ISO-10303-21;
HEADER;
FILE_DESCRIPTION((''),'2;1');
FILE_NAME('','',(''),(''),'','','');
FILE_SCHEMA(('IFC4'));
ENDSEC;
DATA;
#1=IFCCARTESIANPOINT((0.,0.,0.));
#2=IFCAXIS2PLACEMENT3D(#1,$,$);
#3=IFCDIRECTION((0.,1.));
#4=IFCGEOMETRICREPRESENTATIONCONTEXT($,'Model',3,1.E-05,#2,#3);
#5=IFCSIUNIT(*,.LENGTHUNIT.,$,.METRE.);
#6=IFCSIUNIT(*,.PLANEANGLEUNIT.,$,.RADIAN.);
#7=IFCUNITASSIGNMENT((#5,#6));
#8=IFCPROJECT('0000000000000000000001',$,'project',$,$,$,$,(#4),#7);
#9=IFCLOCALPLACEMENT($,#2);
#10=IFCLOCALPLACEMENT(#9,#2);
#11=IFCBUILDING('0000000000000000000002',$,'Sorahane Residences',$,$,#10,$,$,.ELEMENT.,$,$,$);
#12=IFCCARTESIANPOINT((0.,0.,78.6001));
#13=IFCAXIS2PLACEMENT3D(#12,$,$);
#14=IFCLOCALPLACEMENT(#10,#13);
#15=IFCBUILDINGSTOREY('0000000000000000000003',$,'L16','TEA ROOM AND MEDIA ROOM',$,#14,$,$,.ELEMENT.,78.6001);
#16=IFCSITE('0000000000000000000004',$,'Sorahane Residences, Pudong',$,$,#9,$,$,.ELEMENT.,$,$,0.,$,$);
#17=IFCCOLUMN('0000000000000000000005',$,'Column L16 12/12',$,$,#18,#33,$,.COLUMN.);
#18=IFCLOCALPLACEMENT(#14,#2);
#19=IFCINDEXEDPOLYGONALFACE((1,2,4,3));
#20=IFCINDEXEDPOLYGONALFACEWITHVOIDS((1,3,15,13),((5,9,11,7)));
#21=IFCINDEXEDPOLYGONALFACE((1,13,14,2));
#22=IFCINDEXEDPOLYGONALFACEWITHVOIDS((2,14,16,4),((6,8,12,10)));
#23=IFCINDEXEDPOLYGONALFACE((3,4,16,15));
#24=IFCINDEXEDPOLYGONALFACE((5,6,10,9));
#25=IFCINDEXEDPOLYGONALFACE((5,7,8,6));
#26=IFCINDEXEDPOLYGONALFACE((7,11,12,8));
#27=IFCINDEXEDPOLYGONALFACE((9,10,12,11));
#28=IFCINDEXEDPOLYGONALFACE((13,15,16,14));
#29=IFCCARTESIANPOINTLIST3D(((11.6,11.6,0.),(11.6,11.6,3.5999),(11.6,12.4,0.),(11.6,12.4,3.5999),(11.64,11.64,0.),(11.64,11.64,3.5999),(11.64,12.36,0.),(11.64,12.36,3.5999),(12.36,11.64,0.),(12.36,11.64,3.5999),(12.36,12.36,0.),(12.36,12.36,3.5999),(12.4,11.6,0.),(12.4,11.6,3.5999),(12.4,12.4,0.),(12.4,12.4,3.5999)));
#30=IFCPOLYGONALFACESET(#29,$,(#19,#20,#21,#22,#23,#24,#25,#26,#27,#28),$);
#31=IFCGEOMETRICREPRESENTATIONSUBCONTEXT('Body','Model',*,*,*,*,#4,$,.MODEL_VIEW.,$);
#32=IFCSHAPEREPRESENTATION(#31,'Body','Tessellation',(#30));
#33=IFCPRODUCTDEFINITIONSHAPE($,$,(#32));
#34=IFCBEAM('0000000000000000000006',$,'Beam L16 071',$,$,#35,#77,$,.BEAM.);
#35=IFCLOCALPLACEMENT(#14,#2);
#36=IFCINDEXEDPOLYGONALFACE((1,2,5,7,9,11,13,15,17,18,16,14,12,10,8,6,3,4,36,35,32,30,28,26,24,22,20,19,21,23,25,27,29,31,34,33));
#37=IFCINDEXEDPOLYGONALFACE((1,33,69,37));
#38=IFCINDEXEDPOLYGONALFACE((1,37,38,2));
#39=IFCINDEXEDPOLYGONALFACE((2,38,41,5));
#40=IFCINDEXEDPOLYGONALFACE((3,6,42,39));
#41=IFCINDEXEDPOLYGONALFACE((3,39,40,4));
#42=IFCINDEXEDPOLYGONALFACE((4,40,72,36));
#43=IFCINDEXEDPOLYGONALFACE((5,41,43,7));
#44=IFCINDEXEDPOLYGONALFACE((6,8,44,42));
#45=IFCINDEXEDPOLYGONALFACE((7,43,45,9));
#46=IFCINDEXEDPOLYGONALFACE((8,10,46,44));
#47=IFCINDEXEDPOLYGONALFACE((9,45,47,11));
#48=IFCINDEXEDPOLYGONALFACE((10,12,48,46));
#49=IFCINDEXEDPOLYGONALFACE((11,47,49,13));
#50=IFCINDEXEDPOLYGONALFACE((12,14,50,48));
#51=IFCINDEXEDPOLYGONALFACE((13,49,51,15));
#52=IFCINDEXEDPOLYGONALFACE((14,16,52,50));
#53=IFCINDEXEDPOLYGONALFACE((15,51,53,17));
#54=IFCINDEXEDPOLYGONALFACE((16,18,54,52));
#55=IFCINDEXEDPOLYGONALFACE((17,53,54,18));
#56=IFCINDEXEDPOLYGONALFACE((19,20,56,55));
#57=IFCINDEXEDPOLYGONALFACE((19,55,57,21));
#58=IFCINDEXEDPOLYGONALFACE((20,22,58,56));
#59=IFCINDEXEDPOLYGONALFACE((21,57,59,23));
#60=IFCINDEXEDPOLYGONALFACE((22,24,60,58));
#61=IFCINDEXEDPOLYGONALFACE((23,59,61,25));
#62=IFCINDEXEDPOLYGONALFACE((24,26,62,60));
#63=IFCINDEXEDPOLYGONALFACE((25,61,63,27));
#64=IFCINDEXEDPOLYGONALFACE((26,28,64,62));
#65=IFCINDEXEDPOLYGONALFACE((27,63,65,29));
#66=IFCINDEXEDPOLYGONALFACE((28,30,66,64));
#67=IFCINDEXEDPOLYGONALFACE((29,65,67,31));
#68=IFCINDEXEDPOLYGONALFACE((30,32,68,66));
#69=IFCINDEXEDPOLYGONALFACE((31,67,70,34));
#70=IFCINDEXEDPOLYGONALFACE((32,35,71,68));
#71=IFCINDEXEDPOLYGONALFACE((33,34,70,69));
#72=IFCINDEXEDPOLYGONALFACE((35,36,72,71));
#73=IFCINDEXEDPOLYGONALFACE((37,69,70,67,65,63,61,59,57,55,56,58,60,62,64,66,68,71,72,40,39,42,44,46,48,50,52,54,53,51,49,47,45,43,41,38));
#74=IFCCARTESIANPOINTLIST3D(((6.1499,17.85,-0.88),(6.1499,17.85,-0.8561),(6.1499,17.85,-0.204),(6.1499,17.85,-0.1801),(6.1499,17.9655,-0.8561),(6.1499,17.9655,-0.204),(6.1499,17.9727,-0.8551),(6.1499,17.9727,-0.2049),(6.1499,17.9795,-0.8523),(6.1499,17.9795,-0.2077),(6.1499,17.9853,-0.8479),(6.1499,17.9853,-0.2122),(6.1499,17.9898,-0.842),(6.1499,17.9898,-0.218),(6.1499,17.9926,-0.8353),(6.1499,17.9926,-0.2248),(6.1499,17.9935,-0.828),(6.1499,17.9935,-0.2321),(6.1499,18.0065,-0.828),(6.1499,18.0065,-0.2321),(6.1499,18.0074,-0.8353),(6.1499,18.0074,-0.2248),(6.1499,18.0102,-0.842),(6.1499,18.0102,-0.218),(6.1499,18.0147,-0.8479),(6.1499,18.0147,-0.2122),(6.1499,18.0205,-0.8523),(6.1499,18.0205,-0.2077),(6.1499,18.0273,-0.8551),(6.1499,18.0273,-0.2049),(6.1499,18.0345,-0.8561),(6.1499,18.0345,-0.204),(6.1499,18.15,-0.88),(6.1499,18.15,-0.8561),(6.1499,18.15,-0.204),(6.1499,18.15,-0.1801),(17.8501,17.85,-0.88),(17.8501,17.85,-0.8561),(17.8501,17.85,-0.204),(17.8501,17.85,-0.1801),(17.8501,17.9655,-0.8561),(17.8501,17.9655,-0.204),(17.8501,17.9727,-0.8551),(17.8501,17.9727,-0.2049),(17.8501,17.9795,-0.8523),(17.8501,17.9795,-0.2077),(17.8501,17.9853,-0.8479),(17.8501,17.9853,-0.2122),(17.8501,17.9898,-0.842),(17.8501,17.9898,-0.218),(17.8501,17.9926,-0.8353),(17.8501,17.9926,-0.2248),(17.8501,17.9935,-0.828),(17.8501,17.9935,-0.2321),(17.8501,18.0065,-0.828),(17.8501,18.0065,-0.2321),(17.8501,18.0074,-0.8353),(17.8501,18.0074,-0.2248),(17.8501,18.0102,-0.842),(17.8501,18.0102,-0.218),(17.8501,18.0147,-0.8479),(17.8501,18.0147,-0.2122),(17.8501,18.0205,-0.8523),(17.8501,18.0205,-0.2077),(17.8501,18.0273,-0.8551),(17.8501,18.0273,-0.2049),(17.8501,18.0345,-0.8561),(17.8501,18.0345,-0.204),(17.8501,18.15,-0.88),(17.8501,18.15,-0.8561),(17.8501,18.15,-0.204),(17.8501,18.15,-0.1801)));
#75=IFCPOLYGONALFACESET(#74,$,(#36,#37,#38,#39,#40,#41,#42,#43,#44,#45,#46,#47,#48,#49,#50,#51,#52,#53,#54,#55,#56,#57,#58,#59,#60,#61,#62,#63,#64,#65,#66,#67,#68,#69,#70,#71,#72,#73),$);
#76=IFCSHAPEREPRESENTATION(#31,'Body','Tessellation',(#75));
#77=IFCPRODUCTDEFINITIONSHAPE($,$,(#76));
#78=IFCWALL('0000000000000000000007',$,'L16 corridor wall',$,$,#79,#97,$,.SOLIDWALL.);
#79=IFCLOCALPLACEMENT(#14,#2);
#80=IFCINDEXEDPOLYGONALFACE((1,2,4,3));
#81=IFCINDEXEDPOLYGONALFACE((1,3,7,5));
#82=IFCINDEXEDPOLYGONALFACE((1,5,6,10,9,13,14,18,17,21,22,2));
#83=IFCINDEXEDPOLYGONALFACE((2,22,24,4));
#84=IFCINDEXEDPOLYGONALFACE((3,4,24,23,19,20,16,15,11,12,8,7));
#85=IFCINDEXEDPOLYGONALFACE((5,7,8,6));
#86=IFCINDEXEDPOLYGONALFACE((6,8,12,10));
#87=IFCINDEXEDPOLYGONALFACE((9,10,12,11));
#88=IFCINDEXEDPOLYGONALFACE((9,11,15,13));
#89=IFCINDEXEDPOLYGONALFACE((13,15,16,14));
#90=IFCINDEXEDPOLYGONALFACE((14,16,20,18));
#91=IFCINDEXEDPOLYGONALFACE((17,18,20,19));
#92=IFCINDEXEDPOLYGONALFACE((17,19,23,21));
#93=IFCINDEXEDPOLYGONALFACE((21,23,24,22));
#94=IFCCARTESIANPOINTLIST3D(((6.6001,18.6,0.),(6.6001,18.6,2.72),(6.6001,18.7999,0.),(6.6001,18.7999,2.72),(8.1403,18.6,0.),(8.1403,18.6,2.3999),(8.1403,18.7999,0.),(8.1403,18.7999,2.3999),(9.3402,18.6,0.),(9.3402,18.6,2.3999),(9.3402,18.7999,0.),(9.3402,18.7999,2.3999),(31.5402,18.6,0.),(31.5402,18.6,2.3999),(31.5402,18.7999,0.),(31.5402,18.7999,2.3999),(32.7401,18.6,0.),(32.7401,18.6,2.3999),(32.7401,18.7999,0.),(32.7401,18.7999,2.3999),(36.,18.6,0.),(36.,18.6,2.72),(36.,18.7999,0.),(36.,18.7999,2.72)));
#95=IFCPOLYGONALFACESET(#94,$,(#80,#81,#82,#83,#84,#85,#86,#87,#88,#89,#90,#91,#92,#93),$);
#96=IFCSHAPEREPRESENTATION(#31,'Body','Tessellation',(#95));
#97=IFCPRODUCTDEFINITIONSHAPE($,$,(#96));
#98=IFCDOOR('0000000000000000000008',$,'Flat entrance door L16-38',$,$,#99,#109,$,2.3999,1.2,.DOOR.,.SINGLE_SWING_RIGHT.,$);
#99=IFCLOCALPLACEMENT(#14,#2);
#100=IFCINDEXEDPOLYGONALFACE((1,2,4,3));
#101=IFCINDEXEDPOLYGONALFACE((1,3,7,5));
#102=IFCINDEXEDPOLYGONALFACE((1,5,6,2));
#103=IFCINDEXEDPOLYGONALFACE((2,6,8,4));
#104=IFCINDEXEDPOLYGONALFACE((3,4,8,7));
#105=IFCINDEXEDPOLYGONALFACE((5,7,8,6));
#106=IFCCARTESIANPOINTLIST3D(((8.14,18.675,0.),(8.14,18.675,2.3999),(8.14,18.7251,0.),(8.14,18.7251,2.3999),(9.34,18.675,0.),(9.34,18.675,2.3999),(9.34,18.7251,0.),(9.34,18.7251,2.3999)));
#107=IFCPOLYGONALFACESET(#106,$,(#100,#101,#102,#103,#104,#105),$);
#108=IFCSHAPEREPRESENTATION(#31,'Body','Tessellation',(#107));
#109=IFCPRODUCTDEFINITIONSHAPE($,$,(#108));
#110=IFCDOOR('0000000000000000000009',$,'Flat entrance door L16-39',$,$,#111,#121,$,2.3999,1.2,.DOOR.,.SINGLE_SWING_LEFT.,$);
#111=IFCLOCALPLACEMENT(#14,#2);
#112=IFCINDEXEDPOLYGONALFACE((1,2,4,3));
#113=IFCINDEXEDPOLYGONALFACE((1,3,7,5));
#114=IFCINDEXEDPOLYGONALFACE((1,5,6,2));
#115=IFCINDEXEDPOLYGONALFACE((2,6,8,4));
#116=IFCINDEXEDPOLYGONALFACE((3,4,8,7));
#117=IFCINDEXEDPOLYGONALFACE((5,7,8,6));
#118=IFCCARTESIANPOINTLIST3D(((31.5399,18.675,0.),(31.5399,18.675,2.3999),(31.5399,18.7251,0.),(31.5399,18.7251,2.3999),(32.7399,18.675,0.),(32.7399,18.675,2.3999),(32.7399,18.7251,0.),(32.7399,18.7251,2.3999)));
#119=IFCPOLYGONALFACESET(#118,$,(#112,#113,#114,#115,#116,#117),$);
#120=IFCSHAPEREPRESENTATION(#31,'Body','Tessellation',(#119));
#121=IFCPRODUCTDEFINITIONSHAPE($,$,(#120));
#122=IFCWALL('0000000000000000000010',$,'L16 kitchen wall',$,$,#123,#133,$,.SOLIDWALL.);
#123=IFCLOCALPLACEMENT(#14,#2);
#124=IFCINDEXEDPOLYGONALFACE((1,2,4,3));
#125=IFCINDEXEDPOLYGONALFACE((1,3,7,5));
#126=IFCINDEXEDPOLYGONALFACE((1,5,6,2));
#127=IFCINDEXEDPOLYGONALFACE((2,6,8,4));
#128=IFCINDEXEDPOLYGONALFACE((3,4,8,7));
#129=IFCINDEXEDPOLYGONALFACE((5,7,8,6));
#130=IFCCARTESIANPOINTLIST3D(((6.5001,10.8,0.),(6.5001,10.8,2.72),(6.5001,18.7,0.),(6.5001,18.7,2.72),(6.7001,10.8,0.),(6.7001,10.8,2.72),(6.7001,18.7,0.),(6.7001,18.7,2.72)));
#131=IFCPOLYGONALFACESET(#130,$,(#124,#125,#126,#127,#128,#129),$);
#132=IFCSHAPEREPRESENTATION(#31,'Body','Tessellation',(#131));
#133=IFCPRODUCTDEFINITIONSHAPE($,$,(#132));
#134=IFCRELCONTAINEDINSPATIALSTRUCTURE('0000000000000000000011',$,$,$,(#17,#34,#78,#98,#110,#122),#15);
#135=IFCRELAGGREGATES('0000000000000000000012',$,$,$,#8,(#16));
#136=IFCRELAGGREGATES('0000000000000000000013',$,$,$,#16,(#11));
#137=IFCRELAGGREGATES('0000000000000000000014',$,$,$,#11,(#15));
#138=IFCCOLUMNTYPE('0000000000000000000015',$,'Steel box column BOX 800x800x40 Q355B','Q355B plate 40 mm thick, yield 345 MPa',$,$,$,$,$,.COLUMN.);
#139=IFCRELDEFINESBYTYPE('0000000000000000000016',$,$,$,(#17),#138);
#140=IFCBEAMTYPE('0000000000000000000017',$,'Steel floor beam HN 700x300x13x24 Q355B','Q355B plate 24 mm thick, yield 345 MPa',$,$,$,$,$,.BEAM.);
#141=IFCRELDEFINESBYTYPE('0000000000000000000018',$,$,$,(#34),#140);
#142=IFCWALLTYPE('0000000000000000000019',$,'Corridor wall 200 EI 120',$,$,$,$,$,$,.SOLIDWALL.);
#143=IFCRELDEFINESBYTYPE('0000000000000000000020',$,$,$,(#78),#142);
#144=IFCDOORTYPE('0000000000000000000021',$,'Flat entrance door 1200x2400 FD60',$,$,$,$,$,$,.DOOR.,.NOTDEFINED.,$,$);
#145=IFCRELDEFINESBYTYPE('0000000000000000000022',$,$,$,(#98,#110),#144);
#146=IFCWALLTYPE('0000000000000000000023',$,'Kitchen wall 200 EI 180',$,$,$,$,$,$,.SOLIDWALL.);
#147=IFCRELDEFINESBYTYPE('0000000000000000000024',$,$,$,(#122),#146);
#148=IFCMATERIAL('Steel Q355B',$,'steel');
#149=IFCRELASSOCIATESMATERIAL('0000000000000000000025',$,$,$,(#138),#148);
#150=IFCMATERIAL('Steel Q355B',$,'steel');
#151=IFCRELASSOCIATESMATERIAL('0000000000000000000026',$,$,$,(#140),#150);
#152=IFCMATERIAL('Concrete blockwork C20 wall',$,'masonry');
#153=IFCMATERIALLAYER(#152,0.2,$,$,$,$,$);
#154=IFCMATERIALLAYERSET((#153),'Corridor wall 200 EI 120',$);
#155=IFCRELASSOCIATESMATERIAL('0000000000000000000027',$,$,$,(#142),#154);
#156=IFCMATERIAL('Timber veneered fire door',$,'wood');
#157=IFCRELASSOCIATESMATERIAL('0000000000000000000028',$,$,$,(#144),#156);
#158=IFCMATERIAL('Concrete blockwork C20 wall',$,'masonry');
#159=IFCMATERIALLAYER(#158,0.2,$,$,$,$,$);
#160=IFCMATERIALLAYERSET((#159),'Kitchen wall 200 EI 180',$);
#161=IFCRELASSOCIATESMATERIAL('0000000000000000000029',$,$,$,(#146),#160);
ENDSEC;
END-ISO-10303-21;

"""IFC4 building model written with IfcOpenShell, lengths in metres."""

from ifc_helpers import new_model, si_unit, direction, frame, frame_2d, origin, origin_2d, place, context, subcontext, project, spatial, rectangle, hollow_rectangle, i_section, extrude, material, layer, layer_set, material_profile, profile_set, type_object, element, fill, save


model = new_model("IFC4")

# Units and contexts
model_context = context("Model", 3, precision=1e-05, world=origin(), true_north=direction((0.0, 1.0)))
body_context = subcontext(model_context, "Body", "Model", "MODEL_VIEW")
ifc_project = project(units=[si_unit("LENGTHUNIT", "METRE"), si_unit("PLANEANGLEUNIT", "RADIAN")], contexts=[model_context])

# Site, building, storey
site_placement = place(None, origin())
site = spatial("IfcSite", under=ifc_project, at=site_placement, Name="Sorahane Residences, Pudong", CompositionType="ELEMENT", RefElevation=0.0)
building_placement = place(site_placement, origin())
building = spatial("IfcBuilding", under=site, at=building_placement, Name="Sorahane Residences", CompositionType="ELEMENT")
storey_placement = place(building_placement, frame((0.0, 0.0, 78.6001)))
storey = spatial("IfcBuildingStorey", under=building, at=storey_placement, Name="L16", Description="TEA ROOM AND MEDIA ROOM", CompositionType="ELEMENT", Elevation=78.6001)

# Column
ifc_material_1 = material(Name="Steel Q355B", Category="steel")
ifc_material_profile_1 = material_profile(ifc_material_1, hollow_rectangle(XDim=0.8, YDim=0.8, WallThickness=0.04, at=origin_2d()), Name="BOX 800x800x40")
ifc_profile_set_1 = profile_set([ifc_material_profile_1], Name="Steel Q355B")
column_type = type_object("IfcColumnType", Name="Steel box column BOX 800x800x40 Q355B", Description="Q355B plate 40 mm thick, yield 345 MPa", PredefinedType="COLUMN", material=ifc_profile_set_1)
column_placement = place(storey_placement, frame((12.0, 12.0, 0.0), z_axis=(0.0, 0.0, 1.0), x_axis=(1.0, 0.0, 0.0)))
element("IfcColumn", 1, at=column_placement, inside=storey, type_object=column_type, Name="Column L16 12/12", PredefinedType="COLUMN", context=body_context, shape_type="SweptSolid", body=[
    extrude(hollow_rectangle(XDim=0.8, YDim=0.8, WallThickness=0.04, at=origin_2d()), origin(), (0.0, 0.0, 1.0), 3.5999),
])

# Beam
ifc_material_2 = material(Name="Steel Q355B", Category="steel")
ifc_material_profile_2 = material_profile(ifc_material_2, i_section(OverallWidth=0.3, OverallDepth=0.7, WebThickness=0.0129, FlangeThickness=0.0239, FilletRadius=0.0281, at=origin_2d()), Name="HN 700x300x13x24")
ifc_profile_set_2 = profile_set([ifc_material_profile_2], Name="Steel Q355B")
beam_type = type_object("IfcBeamType", Name="Steel floor beam HN 700x300x13x24 Q355B", Description="Q355B plate 24 mm thick, yield 345 MPa", PredefinedType="BEAM", material=ifc_profile_set_2)
beam_placement = place(storey_placement, frame((6.1499, 18.0, -0.53), z_axis=(1.0, 0.0, 0.0), x_axis=(0.0, 1.0, 0.0)))
element("IfcBeam", 2, at=beam_placement, inside=storey, type_object=beam_type, Name="Beam L16 071", PredefinedType="BEAM", context=body_context, shape_type="SweptSolid", body=[
    extrude(i_section(OverallWidth=0.3, OverallDepth=0.7, WebThickness=0.0129, FlangeThickness=0.0239, FilletRadius=0.0281, at=origin_2d()), origin(), (0.0, 0.0, 1.0), 11.7002),
])

# Wall, openings, doors
ifc_material_3 = material(Name="Concrete blockwork C20 wall", Category="masonry")
ifc_layer_1 = layer(ifc_material_3, 0.2)
ifc_layer_set_1 = layer_set([ifc_layer_1], Name="Corridor wall 200 EI 120")
wall_type_1 = type_object("IfcWallType", Name="Corridor wall 200 EI 120", PredefinedType="SOLIDWALL", material=ifc_layer_set_1)
wall_1_placement = place(storey_placement, frame((6.6001, 18.7, 0.0), z_axis=(0.0, 0.0, 1.0), x_axis=(1.0, 0.0, 0.0)))
wall_1 = element("IfcWall", 3, at=wall_1_placement, inside=storey, type_object=wall_type_1, Name="L16 corridor wall", PredefinedType="SOLIDWALL", context=body_context, shape_type="SweptSolid", body=[
    extrude(rectangle(XDim=29.3999, YDim=0.2, at=frame_2d((14.7, 0.0))), origin(), (0.0, 0.0, 1.0), 2.72),
])
opening_1_placement = place(wall_1_placement, frame((1.54, 0.0, 0.0)))
opening_1 = element("IfcOpeningElement", 4, at=opening_1_placement, cuts=wall_1, PredefinedType="OPENING", context=body_context, shape_type="SweptSolid", body=[
    extrude(rectangle(XDim=1.2, YDim=2.3999, at=frame_2d((0.6001, 1.2))), frame((0.0, 0.1099, 0.0), z_axis=(0.0, -1.0, 0.0), x_axis=(1.0, 0.0, 0.0)), (0.0, 0.0, 1.0), 0.22),
])
opening_2_placement = place(wall_1_placement, frame((24.9399, 0.0, 0.0)))
opening_2 = element("IfcOpeningElement", 5, at=opening_2_placement, cuts=wall_1, PredefinedType="OPENING", context=body_context, shape_type="SweptSolid", body=[
    extrude(rectangle(XDim=1.2, YDim=2.3999, at=frame_2d((0.6001, 1.2))), frame((0.0, 0.1099, 0.0), z_axis=(0.0, -1.0, 0.0), x_axis=(1.0, 0.0, 0.0)), (0.0, 0.0, 1.0), 0.22),
])
ifc_material_4 = material(Name="Timber veneered fire door", Category="wood")
door_type_1 = type_object("IfcDoorType", Name="Flat entrance door 1200x2400 FD60", OperationType="NOTDEFINED", PredefinedType="DOOR", material=ifc_material_4)
door_1_placement = place(opening_1_placement, frame((1.2, 0.0, 0.0), z_axis=(0.0, 0.0, 1.0), x_axis=(-1.0, 0.0, 0.0)))
door_1 = element("IfcDoor", 6, at=door_1_placement, inside=storey, type_object=door_type_1, Name="Flat entrance door L16-38", OperationType="SINGLE_SWING_RIGHT", OverallHeight=2.3999, OverallWidth=1.2, PredefinedType="DOOR", context=body_context, shape_type="SweptSolid", body=[
    extrude(rectangle(XDim=1.2, YDim=2.3999, at=frame_2d((0.6001, 1.2))), frame((0.0, 0.0249, 0.0), z_axis=(0.0, -1.0, 0.0), x_axis=(1.0, 0.0, 0.0)), (0.0, 0.0, 1.0), 0.05),
])
fill(opening_1, door_1)
door_2_placement = place(opening_2_placement, frame((1.2, 0.0, 0.0), z_axis=(0.0, 0.0, 1.0), x_axis=(-1.0, 0.0, 0.0)))
door_2 = element("IfcDoor", 7, at=door_2_placement, inside=storey, type_object=door_type_1, Name="Flat entrance door L16-39", OperationType="SINGLE_SWING_LEFT", OverallHeight=2.3999, OverallWidth=1.2, PredefinedType="DOOR", context=body_context, shape_type="SweptSolid", body=[
    extrude(rectangle(XDim=1.2, YDim=2.3999, at=frame_2d((0.6001, 1.2))), frame((0.0, 0.0249, 0.0), z_axis=(0.0, -1.0, 0.0), x_axis=(1.0, 0.0, 0.0)), (0.0, 0.0, 1.0), 0.05),
])
fill(opening_2, door_2)

# Wall
ifc_material_5 = material(Name="Concrete blockwork C20 wall", Category="masonry")
ifc_layer_2 = layer(ifc_material_5, 0.2)
ifc_layer_set_2 = layer_set([ifc_layer_2], Name="Kitchen wall 200 EI 180")
wall_type_2 = type_object("IfcWallType", Name="Kitchen wall 200 EI 180", PredefinedType="SOLIDWALL", material=ifc_layer_set_2)
wall_2_placement = place(storey_placement, frame((6.6001, 10.8, 0.0), z_axis=(0.0, 0.0, 1.0), x_axis=(0.0, 1.0, 0.0)))
element("IfcWall", 8, at=wall_2_placement, inside=storey, type_object=wall_type_2, Name="L16 kitchen wall", PredefinedType="SOLIDWALL", context=body_context, shape_type="SweptSolid", body=[
    extrude(rectangle(XDim=7.8999, YDim=0.2, at=frame_2d((3.95, 0.0))), origin(), (0.0, 0.0, 1.0), 2.72),
])

save(model, "model.ifc")
